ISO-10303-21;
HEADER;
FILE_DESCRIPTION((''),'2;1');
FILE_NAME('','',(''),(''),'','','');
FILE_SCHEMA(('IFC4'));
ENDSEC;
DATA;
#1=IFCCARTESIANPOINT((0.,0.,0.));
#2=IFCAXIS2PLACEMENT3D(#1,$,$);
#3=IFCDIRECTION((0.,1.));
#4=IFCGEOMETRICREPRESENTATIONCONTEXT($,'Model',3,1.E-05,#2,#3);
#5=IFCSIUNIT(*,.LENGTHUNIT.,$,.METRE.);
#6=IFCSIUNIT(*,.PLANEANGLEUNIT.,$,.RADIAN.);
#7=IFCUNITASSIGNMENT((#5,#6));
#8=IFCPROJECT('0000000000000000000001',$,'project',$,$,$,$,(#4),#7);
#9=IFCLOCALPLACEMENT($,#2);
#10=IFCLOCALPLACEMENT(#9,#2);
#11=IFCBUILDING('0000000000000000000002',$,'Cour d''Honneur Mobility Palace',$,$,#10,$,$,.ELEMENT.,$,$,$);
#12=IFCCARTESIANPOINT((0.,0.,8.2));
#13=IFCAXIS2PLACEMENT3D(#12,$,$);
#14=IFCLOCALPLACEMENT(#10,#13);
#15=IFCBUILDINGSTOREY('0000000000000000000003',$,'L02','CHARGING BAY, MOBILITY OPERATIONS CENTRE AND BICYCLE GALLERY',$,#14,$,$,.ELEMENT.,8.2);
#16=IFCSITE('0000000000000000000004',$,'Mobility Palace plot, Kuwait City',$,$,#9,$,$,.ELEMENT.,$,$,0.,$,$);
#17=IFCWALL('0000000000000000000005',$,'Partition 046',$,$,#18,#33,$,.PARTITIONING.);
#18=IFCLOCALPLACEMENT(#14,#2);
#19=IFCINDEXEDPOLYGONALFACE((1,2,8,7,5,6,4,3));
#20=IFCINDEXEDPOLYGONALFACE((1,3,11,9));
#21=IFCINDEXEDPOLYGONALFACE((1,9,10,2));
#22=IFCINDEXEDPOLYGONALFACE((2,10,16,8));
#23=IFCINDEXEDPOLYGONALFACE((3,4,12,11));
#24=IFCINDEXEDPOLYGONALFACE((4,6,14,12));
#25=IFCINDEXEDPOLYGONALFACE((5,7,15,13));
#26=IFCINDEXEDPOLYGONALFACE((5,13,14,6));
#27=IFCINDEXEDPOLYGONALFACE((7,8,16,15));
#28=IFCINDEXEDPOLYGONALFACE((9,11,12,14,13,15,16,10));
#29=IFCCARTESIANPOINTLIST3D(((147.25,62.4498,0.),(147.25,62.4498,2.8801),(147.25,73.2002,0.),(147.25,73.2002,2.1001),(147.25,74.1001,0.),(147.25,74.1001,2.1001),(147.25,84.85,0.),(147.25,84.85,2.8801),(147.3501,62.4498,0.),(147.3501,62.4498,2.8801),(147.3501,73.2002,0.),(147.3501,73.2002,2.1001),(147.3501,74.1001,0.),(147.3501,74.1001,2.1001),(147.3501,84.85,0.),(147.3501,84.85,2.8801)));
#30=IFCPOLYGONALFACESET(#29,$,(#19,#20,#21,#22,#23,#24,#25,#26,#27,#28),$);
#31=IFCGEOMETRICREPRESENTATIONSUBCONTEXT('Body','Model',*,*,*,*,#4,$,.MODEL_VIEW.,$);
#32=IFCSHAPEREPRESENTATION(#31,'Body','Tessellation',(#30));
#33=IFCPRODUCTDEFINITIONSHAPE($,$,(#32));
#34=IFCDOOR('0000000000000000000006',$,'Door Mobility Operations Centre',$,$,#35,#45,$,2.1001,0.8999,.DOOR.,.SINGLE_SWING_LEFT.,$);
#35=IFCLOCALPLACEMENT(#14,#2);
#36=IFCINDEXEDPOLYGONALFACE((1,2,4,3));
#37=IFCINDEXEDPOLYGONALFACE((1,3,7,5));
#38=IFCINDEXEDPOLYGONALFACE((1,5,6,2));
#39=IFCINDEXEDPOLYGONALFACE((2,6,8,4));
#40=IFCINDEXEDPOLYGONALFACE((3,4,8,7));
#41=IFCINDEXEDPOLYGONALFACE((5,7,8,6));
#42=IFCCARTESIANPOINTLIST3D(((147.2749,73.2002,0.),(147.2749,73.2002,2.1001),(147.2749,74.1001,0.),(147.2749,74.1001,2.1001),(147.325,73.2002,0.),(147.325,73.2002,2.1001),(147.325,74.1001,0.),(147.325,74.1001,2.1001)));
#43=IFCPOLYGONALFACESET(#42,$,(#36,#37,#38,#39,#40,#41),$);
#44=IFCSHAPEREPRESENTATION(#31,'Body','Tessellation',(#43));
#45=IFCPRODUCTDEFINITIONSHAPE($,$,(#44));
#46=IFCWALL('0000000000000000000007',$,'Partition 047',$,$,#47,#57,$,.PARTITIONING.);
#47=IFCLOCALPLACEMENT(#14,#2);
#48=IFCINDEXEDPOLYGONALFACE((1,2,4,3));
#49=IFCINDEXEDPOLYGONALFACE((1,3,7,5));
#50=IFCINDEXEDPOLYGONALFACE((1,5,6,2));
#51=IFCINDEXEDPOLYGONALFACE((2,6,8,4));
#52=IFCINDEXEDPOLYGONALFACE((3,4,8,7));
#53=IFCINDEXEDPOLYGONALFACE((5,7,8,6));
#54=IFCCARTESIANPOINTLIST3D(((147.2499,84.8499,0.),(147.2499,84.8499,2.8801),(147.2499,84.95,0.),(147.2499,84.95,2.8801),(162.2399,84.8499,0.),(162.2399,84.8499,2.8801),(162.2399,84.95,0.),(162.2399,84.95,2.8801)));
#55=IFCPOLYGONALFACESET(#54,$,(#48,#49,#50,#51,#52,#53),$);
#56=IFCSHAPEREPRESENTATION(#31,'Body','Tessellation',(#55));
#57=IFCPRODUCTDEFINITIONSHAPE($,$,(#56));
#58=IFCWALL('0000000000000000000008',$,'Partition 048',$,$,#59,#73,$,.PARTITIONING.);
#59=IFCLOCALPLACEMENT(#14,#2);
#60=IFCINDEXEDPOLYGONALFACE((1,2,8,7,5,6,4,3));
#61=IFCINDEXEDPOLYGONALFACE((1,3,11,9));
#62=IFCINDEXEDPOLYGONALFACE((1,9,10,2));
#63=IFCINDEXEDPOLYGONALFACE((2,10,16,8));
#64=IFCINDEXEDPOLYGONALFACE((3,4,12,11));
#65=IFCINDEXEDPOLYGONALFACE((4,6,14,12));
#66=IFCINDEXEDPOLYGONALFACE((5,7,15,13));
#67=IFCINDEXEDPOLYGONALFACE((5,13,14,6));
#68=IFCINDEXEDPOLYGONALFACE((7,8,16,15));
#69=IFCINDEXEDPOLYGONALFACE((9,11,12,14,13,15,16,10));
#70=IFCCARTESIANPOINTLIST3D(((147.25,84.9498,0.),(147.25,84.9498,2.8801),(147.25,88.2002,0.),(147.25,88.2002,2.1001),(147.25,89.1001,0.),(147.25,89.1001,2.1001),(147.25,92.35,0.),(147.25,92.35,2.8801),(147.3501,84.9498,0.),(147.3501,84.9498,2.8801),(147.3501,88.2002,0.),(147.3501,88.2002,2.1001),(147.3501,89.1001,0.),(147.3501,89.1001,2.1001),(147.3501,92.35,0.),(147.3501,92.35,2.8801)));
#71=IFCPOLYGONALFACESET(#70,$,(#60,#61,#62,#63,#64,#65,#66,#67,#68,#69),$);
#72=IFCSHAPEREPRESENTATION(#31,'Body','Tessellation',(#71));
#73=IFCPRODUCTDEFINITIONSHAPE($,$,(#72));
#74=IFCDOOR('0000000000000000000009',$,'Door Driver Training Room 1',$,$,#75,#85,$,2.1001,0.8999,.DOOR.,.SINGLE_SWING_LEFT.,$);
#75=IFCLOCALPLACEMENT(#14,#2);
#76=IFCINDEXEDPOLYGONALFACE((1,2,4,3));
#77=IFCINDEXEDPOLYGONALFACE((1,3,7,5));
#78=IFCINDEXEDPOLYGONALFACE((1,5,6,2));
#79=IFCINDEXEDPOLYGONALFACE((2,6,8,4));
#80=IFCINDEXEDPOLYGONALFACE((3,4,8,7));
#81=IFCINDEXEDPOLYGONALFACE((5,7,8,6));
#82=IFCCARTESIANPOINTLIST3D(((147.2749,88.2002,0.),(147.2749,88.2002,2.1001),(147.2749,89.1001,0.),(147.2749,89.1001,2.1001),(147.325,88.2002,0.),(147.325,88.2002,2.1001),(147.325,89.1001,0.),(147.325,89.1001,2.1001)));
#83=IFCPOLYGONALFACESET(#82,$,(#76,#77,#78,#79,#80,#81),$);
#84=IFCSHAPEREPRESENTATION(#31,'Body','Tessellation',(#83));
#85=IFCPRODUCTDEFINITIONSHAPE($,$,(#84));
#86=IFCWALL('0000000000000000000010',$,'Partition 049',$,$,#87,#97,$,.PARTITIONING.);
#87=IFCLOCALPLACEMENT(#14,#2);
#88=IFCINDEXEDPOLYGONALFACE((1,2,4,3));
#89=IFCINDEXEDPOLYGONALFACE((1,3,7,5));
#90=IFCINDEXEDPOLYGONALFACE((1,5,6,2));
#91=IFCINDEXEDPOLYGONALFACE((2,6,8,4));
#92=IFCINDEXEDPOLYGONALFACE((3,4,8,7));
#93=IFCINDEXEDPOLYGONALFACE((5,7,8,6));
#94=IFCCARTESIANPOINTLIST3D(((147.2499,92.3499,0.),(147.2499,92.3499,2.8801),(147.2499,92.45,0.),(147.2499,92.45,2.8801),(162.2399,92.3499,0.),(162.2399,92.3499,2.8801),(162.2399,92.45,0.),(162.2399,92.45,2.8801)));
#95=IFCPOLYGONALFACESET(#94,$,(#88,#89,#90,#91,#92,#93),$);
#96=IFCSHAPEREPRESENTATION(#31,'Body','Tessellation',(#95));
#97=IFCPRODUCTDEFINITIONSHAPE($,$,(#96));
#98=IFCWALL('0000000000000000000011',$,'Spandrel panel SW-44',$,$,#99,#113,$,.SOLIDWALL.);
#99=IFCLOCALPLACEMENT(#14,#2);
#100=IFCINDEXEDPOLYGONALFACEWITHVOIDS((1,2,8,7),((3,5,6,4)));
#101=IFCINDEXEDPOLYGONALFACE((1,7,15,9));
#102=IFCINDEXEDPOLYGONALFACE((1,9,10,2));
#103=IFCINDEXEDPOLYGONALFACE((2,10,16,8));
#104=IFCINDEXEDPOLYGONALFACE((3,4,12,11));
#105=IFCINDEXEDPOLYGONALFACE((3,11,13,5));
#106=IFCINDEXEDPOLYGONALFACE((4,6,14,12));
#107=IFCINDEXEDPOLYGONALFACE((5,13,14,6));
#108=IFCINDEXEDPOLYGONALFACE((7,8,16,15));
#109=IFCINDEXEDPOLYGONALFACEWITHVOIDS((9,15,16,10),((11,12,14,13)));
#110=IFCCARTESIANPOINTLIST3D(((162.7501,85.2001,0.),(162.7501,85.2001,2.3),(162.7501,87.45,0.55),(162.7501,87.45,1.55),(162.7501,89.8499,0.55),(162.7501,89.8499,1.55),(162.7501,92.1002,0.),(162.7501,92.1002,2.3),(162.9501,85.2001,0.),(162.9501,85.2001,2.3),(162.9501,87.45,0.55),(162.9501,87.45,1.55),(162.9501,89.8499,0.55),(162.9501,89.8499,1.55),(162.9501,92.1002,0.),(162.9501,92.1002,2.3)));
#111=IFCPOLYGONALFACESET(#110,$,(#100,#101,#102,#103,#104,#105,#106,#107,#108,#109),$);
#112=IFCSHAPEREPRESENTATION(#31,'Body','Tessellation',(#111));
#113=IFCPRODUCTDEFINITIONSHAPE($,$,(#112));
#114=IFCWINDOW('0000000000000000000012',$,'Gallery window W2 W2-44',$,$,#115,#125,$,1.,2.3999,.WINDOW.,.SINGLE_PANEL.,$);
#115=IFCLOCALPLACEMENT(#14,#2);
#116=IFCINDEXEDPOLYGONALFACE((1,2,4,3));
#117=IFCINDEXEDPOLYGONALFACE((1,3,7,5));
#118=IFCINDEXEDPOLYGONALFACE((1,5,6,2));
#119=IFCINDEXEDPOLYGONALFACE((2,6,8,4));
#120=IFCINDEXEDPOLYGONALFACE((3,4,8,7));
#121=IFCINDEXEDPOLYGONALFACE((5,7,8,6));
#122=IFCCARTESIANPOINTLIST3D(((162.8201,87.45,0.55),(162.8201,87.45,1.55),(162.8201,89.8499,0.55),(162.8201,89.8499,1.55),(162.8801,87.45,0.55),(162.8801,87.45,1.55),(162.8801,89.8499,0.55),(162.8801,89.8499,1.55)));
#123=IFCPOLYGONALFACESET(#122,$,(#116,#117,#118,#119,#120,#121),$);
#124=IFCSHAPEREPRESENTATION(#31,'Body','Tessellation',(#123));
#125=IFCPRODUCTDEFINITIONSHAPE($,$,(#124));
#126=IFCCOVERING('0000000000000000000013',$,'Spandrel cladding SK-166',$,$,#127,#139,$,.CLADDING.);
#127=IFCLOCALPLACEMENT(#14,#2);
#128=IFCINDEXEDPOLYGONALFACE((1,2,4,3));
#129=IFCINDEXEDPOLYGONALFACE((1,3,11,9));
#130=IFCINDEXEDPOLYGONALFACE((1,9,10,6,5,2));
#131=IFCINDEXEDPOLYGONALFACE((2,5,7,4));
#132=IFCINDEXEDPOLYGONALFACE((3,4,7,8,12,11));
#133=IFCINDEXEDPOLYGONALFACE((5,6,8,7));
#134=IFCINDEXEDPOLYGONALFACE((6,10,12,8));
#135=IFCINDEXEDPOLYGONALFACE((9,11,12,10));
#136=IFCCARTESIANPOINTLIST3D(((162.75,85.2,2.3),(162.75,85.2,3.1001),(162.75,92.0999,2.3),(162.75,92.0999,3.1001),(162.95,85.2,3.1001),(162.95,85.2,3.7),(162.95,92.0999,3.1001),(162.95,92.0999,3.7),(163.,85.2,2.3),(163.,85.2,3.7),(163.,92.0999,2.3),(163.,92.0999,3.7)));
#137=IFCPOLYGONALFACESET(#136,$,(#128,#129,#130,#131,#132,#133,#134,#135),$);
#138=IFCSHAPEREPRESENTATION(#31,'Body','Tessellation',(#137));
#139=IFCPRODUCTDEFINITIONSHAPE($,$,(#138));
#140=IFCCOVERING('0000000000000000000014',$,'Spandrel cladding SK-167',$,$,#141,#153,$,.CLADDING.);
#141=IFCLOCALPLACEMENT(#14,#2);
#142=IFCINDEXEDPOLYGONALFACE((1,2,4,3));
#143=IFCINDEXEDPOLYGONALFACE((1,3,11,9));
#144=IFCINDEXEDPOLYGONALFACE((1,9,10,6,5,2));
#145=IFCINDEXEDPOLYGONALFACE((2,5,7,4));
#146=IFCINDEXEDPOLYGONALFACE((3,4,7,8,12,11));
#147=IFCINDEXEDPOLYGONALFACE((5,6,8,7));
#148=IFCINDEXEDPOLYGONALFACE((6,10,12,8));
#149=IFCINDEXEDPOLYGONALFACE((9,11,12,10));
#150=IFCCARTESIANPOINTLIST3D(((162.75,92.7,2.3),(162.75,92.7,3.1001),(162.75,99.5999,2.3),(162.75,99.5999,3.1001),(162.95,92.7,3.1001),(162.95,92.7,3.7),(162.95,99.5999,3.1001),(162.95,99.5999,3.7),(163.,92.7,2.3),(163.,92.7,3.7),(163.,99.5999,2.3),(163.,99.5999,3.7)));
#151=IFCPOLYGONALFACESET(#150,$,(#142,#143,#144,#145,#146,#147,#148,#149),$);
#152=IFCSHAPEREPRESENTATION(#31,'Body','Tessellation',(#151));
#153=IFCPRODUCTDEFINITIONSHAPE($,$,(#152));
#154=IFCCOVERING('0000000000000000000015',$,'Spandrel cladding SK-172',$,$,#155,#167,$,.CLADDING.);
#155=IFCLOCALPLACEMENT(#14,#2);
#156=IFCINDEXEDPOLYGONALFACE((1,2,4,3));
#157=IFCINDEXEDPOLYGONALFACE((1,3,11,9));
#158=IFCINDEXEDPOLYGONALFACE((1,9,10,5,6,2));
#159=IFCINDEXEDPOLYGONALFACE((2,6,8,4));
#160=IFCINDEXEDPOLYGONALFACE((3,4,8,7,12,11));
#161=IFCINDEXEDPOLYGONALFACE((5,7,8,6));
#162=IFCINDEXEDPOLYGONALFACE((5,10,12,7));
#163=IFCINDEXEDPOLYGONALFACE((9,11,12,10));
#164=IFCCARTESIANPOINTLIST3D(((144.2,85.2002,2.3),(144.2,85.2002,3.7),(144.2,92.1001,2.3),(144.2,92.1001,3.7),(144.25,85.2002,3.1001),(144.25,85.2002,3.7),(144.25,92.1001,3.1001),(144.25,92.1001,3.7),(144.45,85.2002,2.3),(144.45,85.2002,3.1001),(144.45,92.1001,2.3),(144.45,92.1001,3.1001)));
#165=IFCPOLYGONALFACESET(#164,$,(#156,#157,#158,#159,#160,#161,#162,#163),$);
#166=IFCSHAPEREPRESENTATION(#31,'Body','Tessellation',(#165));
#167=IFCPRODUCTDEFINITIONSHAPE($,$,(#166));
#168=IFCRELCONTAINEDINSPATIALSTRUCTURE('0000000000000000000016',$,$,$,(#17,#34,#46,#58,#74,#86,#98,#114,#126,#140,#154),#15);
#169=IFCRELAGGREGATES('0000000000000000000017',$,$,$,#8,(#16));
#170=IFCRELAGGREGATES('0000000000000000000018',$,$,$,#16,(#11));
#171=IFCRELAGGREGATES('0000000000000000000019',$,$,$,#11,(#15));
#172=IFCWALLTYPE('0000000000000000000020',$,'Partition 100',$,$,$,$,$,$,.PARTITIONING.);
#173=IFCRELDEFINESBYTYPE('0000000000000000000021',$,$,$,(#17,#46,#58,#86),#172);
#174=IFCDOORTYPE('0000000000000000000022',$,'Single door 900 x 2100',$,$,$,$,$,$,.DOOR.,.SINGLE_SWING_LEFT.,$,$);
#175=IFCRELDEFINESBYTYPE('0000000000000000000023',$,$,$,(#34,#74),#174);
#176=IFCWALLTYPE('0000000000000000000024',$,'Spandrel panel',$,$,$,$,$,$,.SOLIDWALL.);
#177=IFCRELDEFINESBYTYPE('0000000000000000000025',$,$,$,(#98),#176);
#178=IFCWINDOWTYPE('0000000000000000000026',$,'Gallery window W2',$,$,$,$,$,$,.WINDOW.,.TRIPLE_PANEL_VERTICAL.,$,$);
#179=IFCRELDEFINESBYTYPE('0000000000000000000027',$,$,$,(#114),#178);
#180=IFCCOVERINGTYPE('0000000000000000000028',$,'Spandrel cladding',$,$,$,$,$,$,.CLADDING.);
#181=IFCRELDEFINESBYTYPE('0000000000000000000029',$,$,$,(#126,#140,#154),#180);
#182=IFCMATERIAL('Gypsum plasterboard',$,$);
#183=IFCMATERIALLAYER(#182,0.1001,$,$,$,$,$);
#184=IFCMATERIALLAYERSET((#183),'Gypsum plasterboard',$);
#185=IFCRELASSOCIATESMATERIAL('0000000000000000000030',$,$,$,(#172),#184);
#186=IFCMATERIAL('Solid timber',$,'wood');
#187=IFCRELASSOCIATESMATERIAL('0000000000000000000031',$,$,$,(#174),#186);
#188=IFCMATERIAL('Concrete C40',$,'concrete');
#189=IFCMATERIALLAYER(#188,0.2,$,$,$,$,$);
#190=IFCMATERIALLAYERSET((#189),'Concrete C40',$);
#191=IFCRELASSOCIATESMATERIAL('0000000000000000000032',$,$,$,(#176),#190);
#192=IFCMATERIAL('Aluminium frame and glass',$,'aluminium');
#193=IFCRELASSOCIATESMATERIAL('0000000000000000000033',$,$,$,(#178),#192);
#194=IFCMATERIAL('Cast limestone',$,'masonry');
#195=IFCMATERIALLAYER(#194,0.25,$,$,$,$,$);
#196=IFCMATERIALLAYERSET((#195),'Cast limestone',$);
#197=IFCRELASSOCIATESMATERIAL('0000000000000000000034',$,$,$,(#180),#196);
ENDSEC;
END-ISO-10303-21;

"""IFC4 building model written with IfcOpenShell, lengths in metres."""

from ifc_helpers import new_model, si_unit, direction, frame, frame_2d, origin, place, context, subcontext, project, spatial, polyline, rectangle, outline, extrude, material, layer, layer_set, type_object, element, fill, save


model = new_model("IFC4")

# Units and contexts
model_context = context("Model", 3, precision=1e-05, world=origin(), true_north=direction((0.0, 1.0)))
body_context = subcontext(model_context, "Body", "Model", "MODEL_VIEW")
ifc_project = project(units=[si_unit("LENGTHUNIT", "METRE"), si_unit("PLANEANGLEUNIT", "RADIAN")], contexts=[model_context])

# Site, building, storey
site_placement = place(None, origin())
site = spatial("IfcSite", under=ifc_project, at=site_placement, Name="Mobility Palace plot, Kuwait City", CompositionType="ELEMENT", RefElevation=0.0)
building_placement = place(site_placement, origin())
building = spatial("IfcBuilding", under=site, at=building_placement, Name="Cour d'Honneur Mobility Palace", CompositionType="ELEMENT")
storey_placement = place(building_placement, frame((0.0, 0.0, 8.2)))
storey = spatial("IfcBuildingStorey", under=building, at=storey_placement, Name="L02", Description="CHARGING BAY, MOBILITY OPERATIONS CENTRE AND BICYCLE GALLERY", CompositionType="ELEMENT", Elevation=8.2)

# Wall, opening, door
ifc_material_1 = material(Name="Gypsum plasterboard")
ifc_layer_1 = layer(ifc_material_1, 0.1001)
ifc_layer_set_1 = layer_set([ifc_layer_1], Name="Gypsum plasterboard")
wall_type_1 = type_object("IfcWallType", Name="Partition 100", PredefinedType="PARTITIONING", material=ifc_layer_set_1)
wall_1_placement = place(storey_placement, frame((147.3, 84.8501, 0.0), z_axis=(0.0, 0.0, 1.0), x_axis=(0.0, -1.0, 0.0)))
wall_1 = element("IfcWall", 1, at=wall_1_placement, inside=storey, type_object=wall_type_1, Name="Partition 046", PredefinedType="PARTITIONING", context=body_context, shape_type="SweptSolid", body=[
    extrude(rectangle(XDim=22.4001, YDim=0.1001, at=frame_2d((11.2002, 0.0))), origin(), (0.0, 0.0, 1.0), 2.8801),
])
opening_1_placement = place(wall_1_placement, frame((10.75, 0.0, 0.0)))
opening_1 = element("IfcOpeningElement", 2, at=opening_1_placement, cuts=wall_1, PredefinedType="OPENING", context=body_context, shape_type="SweptSolid", body=[
    extrude(rectangle(XDim=0.8999, YDim=2.1001, at=frame_2d((0.45, 1.05))), frame((0.0, 0.0601, 0.0), z_axis=(0.0, -1.0, 0.0), x_axis=(1.0, 0.0, 0.0)), (0.0, 0.0, 1.0), 0.1201),
])
ifc_material_2 = material(Name="Solid timber", Category="wood")
door_type = type_object("IfcDoorType", Name="Single door 900 x 2100", OperationType="SINGLE_SWING_LEFT", PredefinedType="DOOR", material=ifc_material_2)
door_1_placement = place(opening_1_placement, origin())
door_1 = element("IfcDoor", 3, at=door_1_placement, inside=storey, type_object=door_type, Name="Door Mobility Operations Centre", OperationType="SINGLE_SWING_LEFT", OverallHeight=2.1001, OverallWidth=0.8999, PredefinedType="DOOR", context=body_context, shape_type="SweptSolid", body=[
    extrude(rectangle(XDim=0.8999, YDim=2.1001, at=frame_2d((0.45, 1.05))), frame((0.0, 0.0249, 0.0), z_axis=(0.0, -1.0, 0.0), x_axis=(1.0, 0.0, 0.0)), (0.0, 0.0, 1.0), 0.05),
])
fill(opening_1, door_1)

# Wall
wall_2_placement = place(storey_placement, frame((162.24, 84.8999, 0.0), z_axis=(0.0, 0.0, 1.0), x_axis=(-1.0, 0.0, 0.0)))
element("IfcWall", 4, at=wall_2_placement, inside=storey, type_object=wall_type_1, Name="Partition 047", PredefinedType="PARTITIONING", context=body_context, shape_type="SweptSolid", body=[
    extrude(rectangle(XDim=14.99, YDim=0.1001, at=frame_2d((7.4951, 0.0))), origin(), (0.0, 0.0, 1.0), 2.8801),
])

# Wall, opening, door
wall_3_placement = place(storey_placement, frame((147.3, 92.3501, 0.0), z_axis=(0.0, 0.0, 1.0), x_axis=(0.0, -1.0, 0.0)))
wall_3 = element("IfcWall", 5, at=wall_3_placement, inside=storey, type_object=wall_type_1, Name="Partition 048", PredefinedType="PARTITIONING", context=body_context, shape_type="SweptSolid", body=[
    extrude(rectangle(XDim=7.4001, YDim=0.1001, at=frame_2d((3.7002, 0.0))), origin(), (0.0, 0.0, 1.0), 2.8801),
])
opening_2_placement = place(wall_3_placement, frame((3.25, 0.0, 0.0)))
opening_2 = element("IfcOpeningElement", 6, at=opening_2_placement, cuts=wall_3, PredefinedType="OPENING", context=body_context, shape_type="SweptSolid", body=[
    extrude(rectangle(XDim=0.8999, YDim=2.1001, at=frame_2d((0.45, 1.05))), frame((0.0, 0.0601, 0.0), z_axis=(0.0, -1.0, 0.0), x_axis=(1.0, 0.0, 0.0)), (0.0, 0.0, 1.0), 0.1201),
])
door_2_placement = place(opening_2_placement, origin())
door_2 = element("IfcDoor", 7, at=door_2_placement, inside=storey, type_object=door_type, Name="Door Driver Training Room 1", OperationType="SINGLE_SWING_LEFT", OverallHeight=2.1001, OverallWidth=0.8999, PredefinedType="DOOR", context=body_context, shape_type="SweptSolid", body=[
    extrude(rectangle(XDim=0.8999, YDim=2.1001, at=frame_2d((0.45, 1.05))), frame((0.0, 0.0249, 0.0), z_axis=(0.0, -1.0, 0.0), x_axis=(1.0, 0.0, 0.0)), (0.0, 0.0, 1.0), 0.05),
])
fill(opening_2, door_2)

# Wall
wall_4_placement = place(storey_placement, frame((162.24, 92.3999, 0.0), z_axis=(0.0, 0.0, 1.0), x_axis=(-1.0, 0.0, 0.0)))
element("IfcWall", 8, at=wall_4_placement, inside=storey, type_object=wall_type_1, Name="Partition 049", PredefinedType="PARTITIONING", context=body_context, shape_type="SweptSolid", body=[
    extrude(rectangle(XDim=14.99, YDim=0.1001, at=frame_2d((7.4951, 0.0))), origin(), (0.0, 0.0, 1.0), 2.8801),
])

# Wall, opening, window
ifc_material_3 = material(Name="Concrete C40", Category="concrete")
ifc_layer_2 = layer(ifc_material_3, 0.2)
ifc_layer_set_2 = layer_set([ifc_layer_2], Name="Concrete C40")
wall_type_2 = type_object("IfcWallType", Name="Spandrel panel", PredefinedType="SOLIDWALL", material=ifc_layer_set_2)
wall_5_placement = place(storey_placement, frame((162.8501, 85.2, 0.0), z_axis=(0.0, 0.0, 1.0), x_axis=(0.0, 1.0, 0.0)))
wall_5 = element("IfcWall", 9, at=wall_5_placement, inside=storey, type_object=wall_type_2, Name="Spandrel panel SW-44", PredefinedType="SOLIDWALL", context=body_context, shape_type="SweptSolid", body=[
    extrude(rectangle(XDim=6.9001, YDim=0.2, at=frame_2d((3.4502, 0.0))), origin(), (0.0, 0.0, 1.0), 2.3),
])
opening_3_placement = place(wall_5_placement, frame((2.25, 0.0, 0.55)))
opening_3 = element("IfcOpeningElement", 10, at=opening_3_placement, cuts=wall_5, PredefinedType="OPENING", context=body_context, shape_type="SweptSolid", body=[
    extrude(rectangle(XDim=2.3999, YDim=1.0, at=frame_2d((1.2, 0.5))), frame((0.0, 0.1099, 0.0), z_axis=(0.0, -1.0, 0.0), x_axis=(1.0, 0.0, 0.0)), (0.0, 0.0, 1.0), 0.22),
])
ifc_material_4 = material(Name="Aluminium frame and glass", Category="aluminium")
window_type = type_object("IfcWindowType", Name="Gallery window W2", PartitioningType="TRIPLE_PANEL_VERTICAL", PredefinedType="WINDOW", material=ifc_material_4)
window_placement = place(opening_3_placement, origin())
window = element("IfcWindow", 11, at=window_placement, inside=storey, type_object=window_type, Name="Gallery window W2 W2-44", OverallHeight=1.0, OverallWidth=2.3999, PartitioningType="SINGLE_PANEL", PredefinedType="WINDOW", context=body_context, shape_type="SweptSolid", body=[
    extrude(rectangle(XDim=2.3999, YDim=1.0, at=frame_2d((1.2, 0.5))), frame((0.0, 0.03, 0.0), z_axis=(0.0, -1.0, 0.0), x_axis=(1.0, 0.0, 0.0)), (0.0, 0.0, 1.0), 0.0601),
])
fill(opening_3, window)

# Coverings
ifc_material_5 = material(Name="Cast limestone", Category="masonry")
ifc_layer_3 = layer(ifc_material_5, 0.25)
ifc_layer_set_3 = layer_set([ifc_layer_3], Name="Cast limestone")
covering_type = type_object("IfcCoveringType", Name="Spandrel cladding", PredefinedType="CLADDING", material=ifc_layer_set_3)
for number, where, z_axis, x_axis, name in (
    (12, (162.75, 85.2, 2.3), (0.0, -1.0, 0.0), (1.0, 0.0, 0.0), "Spandrel cladding SK-166"),
    (13, (162.75, 92.7, 2.3), (0.0, -1.0, 0.0), (1.0, 0.0, 0.0), "Spandrel cladding SK-167"),
    (14, (144.45, 92.1001, 2.3), (0.0, 1.0, 0.0), (-1.0, 0.0, 0.0), "Spandrel cladding SK-172"),
):
    element("IfcCovering", number, at=place(storey_placement, frame(where, z_axis=z_axis, x_axis=x_axis)), inside=storey, type_object=covering_type, Name=name, PredefinedType="CLADDING", context=body_context, shape_type="SweptSolid", body=[
        extrude(outline(polyline([(0.0, 0.0), (0.25, 0.0), (0.25, 1.3999), (0.2, 1.3999), (0.2, 0.8), (0.0, 0.8), (0.0, 0.0)])), origin(), (0.0, 0.0, -1.0), 6.8999),
    ])

save(model, "model.ifc")
